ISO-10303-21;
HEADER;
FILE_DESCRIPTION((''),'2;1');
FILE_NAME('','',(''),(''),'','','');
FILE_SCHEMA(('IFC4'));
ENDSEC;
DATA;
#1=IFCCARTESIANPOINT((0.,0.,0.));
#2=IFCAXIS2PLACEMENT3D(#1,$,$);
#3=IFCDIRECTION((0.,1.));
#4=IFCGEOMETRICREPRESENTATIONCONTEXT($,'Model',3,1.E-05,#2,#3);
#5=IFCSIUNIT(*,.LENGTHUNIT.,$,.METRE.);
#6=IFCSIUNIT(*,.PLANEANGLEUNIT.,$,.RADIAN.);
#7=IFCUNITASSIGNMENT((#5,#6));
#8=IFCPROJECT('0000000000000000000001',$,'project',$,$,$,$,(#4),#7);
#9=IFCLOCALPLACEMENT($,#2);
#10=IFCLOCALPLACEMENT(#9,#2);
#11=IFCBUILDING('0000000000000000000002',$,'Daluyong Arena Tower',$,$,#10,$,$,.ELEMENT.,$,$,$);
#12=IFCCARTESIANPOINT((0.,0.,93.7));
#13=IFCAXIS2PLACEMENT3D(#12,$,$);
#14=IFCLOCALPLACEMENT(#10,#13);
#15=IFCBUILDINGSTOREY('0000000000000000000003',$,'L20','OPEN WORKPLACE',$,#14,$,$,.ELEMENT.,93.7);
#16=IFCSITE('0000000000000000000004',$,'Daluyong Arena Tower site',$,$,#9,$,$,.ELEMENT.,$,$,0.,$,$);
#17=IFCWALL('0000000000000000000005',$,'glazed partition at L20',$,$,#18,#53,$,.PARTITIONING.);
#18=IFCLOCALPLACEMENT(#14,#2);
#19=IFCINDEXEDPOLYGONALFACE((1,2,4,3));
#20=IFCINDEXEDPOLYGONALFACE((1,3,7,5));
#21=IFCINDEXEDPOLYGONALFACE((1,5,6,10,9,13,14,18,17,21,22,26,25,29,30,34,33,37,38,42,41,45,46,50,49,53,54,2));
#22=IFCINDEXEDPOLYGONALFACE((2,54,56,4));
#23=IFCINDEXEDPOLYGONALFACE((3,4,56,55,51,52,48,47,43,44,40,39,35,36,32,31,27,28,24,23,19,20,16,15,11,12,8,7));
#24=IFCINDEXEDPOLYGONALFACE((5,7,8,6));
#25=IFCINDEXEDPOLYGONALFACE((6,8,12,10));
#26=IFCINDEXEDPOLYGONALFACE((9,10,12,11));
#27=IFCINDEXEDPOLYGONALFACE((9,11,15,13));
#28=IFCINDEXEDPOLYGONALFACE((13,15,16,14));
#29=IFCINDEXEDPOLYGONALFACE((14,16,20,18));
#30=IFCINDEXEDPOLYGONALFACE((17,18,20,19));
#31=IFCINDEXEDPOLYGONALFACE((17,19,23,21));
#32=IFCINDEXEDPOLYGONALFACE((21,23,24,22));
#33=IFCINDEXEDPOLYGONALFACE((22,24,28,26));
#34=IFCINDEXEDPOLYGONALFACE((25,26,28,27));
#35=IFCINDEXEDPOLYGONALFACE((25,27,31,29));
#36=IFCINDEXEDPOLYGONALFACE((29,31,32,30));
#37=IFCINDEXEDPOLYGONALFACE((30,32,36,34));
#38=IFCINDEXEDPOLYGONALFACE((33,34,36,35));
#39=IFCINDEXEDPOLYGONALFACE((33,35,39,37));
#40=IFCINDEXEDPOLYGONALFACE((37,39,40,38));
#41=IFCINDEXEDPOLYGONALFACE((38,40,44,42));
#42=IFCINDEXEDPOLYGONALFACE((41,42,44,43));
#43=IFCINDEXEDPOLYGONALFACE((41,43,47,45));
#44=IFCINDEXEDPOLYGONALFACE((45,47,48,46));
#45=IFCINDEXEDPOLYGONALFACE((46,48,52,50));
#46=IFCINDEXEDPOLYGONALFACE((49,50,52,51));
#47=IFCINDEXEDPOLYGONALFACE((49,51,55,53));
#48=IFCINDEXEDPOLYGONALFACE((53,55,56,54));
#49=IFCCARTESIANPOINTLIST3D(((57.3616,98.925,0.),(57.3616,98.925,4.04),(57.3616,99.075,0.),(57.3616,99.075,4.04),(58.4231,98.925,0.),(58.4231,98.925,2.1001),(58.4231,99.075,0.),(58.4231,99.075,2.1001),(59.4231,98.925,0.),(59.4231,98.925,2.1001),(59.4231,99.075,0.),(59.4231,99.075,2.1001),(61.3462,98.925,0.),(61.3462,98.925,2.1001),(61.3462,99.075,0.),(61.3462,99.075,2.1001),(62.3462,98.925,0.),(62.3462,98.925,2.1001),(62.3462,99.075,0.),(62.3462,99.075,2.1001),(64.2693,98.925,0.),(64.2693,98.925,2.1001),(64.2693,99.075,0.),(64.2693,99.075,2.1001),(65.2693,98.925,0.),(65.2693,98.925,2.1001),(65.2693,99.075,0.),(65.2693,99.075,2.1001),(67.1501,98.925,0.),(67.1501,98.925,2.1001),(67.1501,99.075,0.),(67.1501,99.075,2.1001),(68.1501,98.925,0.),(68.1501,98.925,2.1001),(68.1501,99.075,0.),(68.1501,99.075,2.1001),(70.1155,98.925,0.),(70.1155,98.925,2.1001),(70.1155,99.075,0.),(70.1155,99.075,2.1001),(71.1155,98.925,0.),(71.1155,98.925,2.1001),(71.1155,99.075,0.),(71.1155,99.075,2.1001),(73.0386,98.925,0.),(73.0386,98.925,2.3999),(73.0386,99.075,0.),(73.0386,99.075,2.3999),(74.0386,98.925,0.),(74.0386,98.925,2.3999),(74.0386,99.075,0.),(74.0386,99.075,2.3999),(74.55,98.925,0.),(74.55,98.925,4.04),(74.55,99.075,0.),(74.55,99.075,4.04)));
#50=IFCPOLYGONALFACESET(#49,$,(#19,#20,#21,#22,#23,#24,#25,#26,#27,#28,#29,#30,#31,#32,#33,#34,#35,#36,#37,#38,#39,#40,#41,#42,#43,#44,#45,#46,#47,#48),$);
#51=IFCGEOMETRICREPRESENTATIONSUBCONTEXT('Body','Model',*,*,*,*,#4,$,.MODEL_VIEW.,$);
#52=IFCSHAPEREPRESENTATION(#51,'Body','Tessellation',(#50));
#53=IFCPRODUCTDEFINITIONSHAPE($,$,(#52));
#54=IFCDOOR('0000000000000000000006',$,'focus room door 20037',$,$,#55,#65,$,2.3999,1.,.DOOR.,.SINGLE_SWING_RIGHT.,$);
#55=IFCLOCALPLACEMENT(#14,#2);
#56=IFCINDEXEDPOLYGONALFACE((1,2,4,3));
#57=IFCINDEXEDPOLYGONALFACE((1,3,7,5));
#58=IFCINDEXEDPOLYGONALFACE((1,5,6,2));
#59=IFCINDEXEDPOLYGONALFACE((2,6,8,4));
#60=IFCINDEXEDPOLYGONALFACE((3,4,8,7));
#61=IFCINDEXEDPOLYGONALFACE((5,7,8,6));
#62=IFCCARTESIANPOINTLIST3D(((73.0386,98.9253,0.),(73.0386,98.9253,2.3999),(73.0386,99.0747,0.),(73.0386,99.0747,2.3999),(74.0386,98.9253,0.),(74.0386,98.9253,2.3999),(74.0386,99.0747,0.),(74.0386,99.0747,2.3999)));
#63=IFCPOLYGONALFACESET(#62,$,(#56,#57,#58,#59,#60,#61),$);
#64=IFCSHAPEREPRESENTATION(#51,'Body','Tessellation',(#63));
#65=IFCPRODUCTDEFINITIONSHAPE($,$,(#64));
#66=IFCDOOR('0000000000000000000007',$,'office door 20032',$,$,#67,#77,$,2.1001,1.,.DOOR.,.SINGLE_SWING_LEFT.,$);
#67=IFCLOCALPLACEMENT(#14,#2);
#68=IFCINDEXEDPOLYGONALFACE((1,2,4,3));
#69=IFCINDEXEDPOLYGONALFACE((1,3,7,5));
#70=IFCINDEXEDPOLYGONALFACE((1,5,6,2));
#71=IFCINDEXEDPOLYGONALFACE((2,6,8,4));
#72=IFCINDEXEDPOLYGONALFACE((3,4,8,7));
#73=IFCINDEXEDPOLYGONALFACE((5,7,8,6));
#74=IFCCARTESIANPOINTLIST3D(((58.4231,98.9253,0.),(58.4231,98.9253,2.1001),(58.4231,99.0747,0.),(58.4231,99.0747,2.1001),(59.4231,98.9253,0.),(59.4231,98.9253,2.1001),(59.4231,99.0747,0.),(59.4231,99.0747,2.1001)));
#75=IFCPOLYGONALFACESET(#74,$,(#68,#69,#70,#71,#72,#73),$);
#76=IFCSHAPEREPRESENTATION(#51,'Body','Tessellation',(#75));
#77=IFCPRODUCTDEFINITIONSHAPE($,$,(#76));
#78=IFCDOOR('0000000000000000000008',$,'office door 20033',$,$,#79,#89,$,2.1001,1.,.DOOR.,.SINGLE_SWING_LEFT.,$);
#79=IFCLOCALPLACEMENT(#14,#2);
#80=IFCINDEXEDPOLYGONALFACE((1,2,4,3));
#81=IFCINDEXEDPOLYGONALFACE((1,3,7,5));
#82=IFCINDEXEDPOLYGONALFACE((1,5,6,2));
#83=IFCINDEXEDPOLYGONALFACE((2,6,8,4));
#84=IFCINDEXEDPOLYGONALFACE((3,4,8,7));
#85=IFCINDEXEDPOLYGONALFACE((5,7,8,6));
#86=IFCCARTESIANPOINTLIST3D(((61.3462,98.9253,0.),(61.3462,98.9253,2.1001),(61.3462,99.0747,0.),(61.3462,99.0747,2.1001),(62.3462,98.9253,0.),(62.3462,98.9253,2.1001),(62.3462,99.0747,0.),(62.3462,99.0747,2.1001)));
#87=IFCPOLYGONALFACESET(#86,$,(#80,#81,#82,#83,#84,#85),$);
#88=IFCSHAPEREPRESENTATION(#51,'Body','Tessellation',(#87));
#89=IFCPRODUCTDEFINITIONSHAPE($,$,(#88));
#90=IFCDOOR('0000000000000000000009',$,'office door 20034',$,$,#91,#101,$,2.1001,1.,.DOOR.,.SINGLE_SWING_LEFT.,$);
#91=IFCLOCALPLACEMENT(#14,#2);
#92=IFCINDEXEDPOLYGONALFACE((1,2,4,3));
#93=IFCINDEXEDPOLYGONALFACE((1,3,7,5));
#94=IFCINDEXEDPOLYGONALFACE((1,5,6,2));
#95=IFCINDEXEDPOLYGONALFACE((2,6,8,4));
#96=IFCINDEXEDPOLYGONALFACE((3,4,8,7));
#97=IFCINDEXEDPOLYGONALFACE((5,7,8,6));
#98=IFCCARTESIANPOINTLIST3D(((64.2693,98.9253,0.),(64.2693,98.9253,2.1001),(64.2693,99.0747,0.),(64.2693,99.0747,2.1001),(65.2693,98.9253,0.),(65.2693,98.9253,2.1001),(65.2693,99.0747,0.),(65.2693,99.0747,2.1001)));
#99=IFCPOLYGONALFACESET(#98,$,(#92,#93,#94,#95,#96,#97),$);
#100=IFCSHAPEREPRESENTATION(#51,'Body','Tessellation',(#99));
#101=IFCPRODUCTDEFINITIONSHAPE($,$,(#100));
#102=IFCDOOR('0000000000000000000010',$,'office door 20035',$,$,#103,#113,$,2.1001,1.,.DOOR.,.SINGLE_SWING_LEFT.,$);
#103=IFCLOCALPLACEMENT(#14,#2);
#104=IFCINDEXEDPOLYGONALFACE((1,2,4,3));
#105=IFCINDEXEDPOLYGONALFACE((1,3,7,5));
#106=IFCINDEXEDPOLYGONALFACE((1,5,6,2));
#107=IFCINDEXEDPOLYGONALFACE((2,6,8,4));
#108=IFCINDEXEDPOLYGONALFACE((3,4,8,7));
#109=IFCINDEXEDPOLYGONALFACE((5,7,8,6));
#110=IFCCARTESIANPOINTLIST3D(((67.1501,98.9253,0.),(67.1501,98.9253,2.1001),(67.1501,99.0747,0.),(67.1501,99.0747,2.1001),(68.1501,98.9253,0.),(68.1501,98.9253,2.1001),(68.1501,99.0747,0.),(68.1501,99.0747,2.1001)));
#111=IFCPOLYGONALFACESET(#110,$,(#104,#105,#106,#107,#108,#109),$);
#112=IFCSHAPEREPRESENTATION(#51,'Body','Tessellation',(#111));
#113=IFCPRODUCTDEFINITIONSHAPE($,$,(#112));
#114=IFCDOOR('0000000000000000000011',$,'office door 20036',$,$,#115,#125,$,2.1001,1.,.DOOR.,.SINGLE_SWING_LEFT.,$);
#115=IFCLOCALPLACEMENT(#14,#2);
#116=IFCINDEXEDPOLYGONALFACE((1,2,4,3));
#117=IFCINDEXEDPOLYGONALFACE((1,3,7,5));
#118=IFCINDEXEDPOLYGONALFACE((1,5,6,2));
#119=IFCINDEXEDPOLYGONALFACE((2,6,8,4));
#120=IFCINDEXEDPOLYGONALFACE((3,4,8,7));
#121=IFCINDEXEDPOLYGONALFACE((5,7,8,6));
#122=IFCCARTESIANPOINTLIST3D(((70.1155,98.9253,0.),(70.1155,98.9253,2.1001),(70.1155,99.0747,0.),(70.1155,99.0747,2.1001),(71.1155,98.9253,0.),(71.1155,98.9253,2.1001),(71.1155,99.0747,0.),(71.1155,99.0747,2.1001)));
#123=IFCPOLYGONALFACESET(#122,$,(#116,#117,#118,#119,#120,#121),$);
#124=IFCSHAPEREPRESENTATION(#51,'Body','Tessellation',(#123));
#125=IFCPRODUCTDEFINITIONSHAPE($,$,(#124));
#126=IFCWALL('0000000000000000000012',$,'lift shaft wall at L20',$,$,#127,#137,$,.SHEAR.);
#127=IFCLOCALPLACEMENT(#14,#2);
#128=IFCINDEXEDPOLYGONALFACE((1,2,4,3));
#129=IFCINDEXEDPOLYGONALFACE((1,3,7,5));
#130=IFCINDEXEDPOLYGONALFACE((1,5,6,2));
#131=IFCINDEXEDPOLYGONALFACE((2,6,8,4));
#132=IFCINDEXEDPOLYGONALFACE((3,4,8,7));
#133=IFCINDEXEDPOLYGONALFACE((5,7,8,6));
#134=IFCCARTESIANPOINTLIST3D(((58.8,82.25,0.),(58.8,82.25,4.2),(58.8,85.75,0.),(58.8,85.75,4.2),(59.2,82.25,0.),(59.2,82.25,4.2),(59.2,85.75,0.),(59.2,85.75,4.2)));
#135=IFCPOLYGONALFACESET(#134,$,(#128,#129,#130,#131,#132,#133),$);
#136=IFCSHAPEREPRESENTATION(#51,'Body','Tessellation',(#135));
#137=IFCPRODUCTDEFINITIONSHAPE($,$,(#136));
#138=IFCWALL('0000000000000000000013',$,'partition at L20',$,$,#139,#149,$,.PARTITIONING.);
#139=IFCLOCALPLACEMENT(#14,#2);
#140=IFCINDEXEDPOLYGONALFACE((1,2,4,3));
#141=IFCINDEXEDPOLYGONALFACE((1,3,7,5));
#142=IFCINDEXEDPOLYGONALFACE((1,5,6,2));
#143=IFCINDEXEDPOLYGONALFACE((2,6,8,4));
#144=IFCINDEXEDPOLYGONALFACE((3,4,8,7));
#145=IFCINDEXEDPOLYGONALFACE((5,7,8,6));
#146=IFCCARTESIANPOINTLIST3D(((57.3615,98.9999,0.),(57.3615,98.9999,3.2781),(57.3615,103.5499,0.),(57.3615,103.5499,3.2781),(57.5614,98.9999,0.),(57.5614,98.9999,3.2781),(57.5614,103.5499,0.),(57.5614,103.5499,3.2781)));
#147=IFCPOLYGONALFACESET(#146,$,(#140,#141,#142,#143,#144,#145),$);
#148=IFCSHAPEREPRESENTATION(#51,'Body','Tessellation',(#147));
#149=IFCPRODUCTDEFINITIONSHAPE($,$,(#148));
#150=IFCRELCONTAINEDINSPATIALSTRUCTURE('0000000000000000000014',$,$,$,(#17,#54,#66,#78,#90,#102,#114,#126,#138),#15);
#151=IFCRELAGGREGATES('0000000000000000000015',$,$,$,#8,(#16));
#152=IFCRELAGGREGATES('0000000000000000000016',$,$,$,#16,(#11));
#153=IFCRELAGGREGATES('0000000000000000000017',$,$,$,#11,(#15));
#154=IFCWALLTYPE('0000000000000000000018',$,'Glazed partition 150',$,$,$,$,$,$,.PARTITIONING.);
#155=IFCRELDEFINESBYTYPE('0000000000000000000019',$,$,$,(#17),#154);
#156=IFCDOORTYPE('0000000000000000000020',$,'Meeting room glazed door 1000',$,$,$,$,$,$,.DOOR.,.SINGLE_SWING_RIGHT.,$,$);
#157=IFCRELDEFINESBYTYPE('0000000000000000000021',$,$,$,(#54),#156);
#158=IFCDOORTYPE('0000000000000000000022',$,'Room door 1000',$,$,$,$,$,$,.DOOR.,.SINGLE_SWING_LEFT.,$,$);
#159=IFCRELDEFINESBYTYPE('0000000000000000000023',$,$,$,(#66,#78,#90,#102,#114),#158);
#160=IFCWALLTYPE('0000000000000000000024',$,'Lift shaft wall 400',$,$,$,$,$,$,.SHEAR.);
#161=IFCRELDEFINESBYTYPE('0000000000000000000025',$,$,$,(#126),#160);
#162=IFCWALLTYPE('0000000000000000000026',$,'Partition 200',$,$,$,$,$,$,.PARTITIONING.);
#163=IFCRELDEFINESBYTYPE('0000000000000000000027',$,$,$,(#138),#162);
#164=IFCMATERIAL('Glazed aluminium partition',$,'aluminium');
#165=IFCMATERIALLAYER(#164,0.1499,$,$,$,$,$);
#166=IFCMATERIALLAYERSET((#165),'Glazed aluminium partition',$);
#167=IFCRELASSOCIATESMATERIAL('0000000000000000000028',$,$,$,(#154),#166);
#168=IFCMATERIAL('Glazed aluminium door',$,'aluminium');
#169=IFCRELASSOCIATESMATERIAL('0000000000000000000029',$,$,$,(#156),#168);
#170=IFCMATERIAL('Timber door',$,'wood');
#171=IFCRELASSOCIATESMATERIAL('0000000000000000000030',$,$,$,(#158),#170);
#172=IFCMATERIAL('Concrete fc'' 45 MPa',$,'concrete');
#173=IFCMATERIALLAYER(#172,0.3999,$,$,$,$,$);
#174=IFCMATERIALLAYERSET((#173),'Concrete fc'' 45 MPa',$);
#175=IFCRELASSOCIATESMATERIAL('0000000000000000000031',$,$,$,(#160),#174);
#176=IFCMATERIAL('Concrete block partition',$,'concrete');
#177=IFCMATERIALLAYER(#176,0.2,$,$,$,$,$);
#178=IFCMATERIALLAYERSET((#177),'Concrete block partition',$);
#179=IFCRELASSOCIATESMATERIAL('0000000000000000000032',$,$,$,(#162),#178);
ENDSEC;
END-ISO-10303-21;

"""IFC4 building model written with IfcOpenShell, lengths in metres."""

from ifc_helpers import new_model, si_unit, direction, frame, frame_2d, origin, place, context, subcontext, project, spatial, rectangle, extrude, material, layer, layer_set, type_object, element, fill, save


model = new_model("IFC4")

# Units and contexts
model_context = context("Model", 3, precision=1e-05, world=origin(), true_north=direction((0.0, 1.0)))
body_context = subcontext(model_context, "Body", "Model", "MODEL_VIEW")
ifc_project = project(units=[si_unit("LENGTHUNIT", "METRE"), si_unit("PLANEANGLEUNIT", "RADIAN")], contexts=[model_context])

# Site, building, storey
site_placement = place(None, origin())
site = spatial("IfcSite", under=ifc_project, at=site_placement, Name="Daluyong Arena Tower site", CompositionType="ELEMENT", RefElevation=0.0)
building_placement = place(site_placement, origin())
building = spatial("IfcBuilding", under=site, at=building_placement, Name="Daluyong Arena Tower", CompositionType="ELEMENT")
storey_placement = place(building_placement, frame((0.0, 0.0, 93.7)))
storey = spatial("IfcBuildingStorey", under=building, at=storey_placement, Name="L20", Description="OPEN WORKPLACE", CompositionType="ELEMENT", Elevation=93.7)

# Wall, openings, doors
ifc_material_1 = material(Name="Glazed aluminium partition", Category="aluminium")
ifc_layer_1 = layer(ifc_material_1, 0.1499)
ifc_layer_set_1 = layer_set([ifc_layer_1], Name="Glazed aluminium partition")
wall_type_1 = type_object("IfcWallType", Name="Glazed partition 150", PredefinedType="PARTITIONING", material=ifc_layer_set_1)
wall_1_placement = place(storey_placement, frame((57.3616, 99.0, 0.0), z_axis=(0.0, 0.0, 1.0), x_axis=(1.0, 0.0, 0.0)))
wall_1 = element("IfcWall", 1, at=wall_1_placement, inside=storey, type_object=wall_type_1, Name="glazed partition at L20", PredefinedType="PARTITIONING", context=body_context, shape_type="SweptSolid", body=[
    extrude(rectangle(XDim=17.1885, YDim=0.1499, at=frame_2d((8.5942, 0.0))), origin(), (0.0, 0.0, 1.0), 4.04),
])
opening_1_placement = place(wall_1_placement, frame((1.0615, 0.0, 0.0)))
opening_1 = element("IfcOpeningElement", 2, at=opening_1_placement, cuts=wall_1, PredefinedType="OPENING", context=body_context, shape_type="SweptSolid", body=[
    extrude(rectangle(XDim=1.0, YDim=2.1001, at=frame_2d((0.5, 1.05))), frame((0.0, 0.085, 0.0), z_axis=(0.0, -1.0, 0.0), x_axis=(1.0, 0.0, 0.0)), (0.0, 0.0, 1.0), 0.1699),
])
opening_2_placement = place(wall_1_placement, frame((3.9846, 0.0, 0.0)))
opening_2 = element("IfcOpeningElement", 3, at=opening_2_placement, cuts=wall_1, PredefinedType="OPENING", context=body_context, shape_type="SweptSolid", body=[
    extrude(rectangle(XDim=1.0, YDim=2.1001, at=frame_2d((0.5, 1.05))), frame((0.0, 0.085, 0.0), z_axis=(0.0, -1.0, 0.0), x_axis=(1.0, 0.0, 0.0)), (0.0, 0.0, 1.0), 0.1699),
])
opening_3_placement = place(wall_1_placement, frame((6.9077, 0.0, 0.0)))
opening_3 = element("IfcOpeningElement", 4, at=opening_3_placement, cuts=wall_1, PredefinedType="OPENING", context=body_context, shape_type="SweptSolid", body=[
    extrude(rectangle(XDim=1.0, YDim=2.1001, at=frame_2d((0.5, 1.05))), frame((0.0, 0.085, 0.0), z_axis=(0.0, -1.0, 0.0), x_axis=(1.0, 0.0, 0.0)), (0.0, 0.0, 1.0), 0.1699),
])
opening_4_placement = place(wall_1_placement, frame((9.7886, 0.0, 0.0)))
opening_4 = element("IfcOpeningElement", 5, at=opening_4_placement, cuts=wall_1, PredefinedType="OPENING", context=body_context, shape_type="SweptSolid", body=[
    extrude(rectangle(XDim=1.0, YDim=2.1001, at=frame_2d((0.5, 1.05))), frame((0.0, 0.085, 0.0), z_axis=(0.0, -1.0, 0.0), x_axis=(1.0, 0.0, 0.0)), (0.0, 0.0, 1.0), 0.1699),
])
opening_5_placement = place(wall_1_placement, frame((12.7539, 0.0, 0.0)))
opening_5 = element("IfcOpeningElement", 6, at=opening_5_placement, cuts=wall_1, PredefinedType="OPENING", context=body_context, shape_type="SweptSolid", body=[
    extrude(rectangle(XDim=1.0, YDim=2.1001, at=frame_2d((0.5, 1.05))), frame((0.0, 0.085, 0.0), z_axis=(0.0, -1.0, 0.0), x_axis=(1.0, 0.0, 0.0)), (0.0, 0.0, 1.0), 0.1699),
])
opening_6_placement = place(wall_1_placement, frame((15.677, 0.0, 0.0)))
opening_6 = element("IfcOpeningElement", 7, at=opening_6_placement, cuts=wall_1, PredefinedType="OPENING", context=body_context, shape_type="SweptSolid", body=[
    extrude(rectangle(XDim=1.0, YDim=2.3999, at=frame_2d((0.5, 1.2))), frame((0.0, 0.085, 0.0), z_axis=(0.0, -1.0, 0.0), x_axis=(1.0, 0.0, 0.0)), (0.0, 0.0, 1.0), 0.1699),
])
ifc_material_2 = material(Name="Glazed aluminium door", Category="aluminium")
door_type_1 = type_object("IfcDoorType", Name="Meeting room glazed door 1000", OperationType="SINGLE_SWING_RIGHT", PredefinedType="DOOR", material=ifc_material_2)
door_1_placement = place(opening_6_placement, origin())
door_1 = element("IfcDoor", 8, at=door_1_placement, inside=storey, type_object=door_type_1, Name="focus room door 20037", OperationType="SINGLE_SWING_RIGHT", OverallHeight=2.3999, OverallWidth=1.0, PredefinedType="DOOR", context=body_context, shape_type="SweptSolid", body=[
    extrude(rectangle(XDim=1.0, YDim=2.3999, at=frame_2d((0.5, 1.2))), frame((0.0, 0.0747, 0.0), z_axis=(0.0, -1.0, 0.0), x_axis=(1.0, 0.0, 0.0)), (0.0, 0.0, 1.0), 0.1494),
])
fill(opening_6, door_1)
ifc_material_3 = material(Name="Timber door", Category="wood")
door_type_2 = type_object("IfcDoorType", Name="Room door 1000", OperationType="SINGLE_SWING_LEFT", PredefinedType="DOOR", material=ifc_material_3)
door_2_placement = place(opening_1_placement, origin())
door_2 = element("IfcDoor", 9, at=door_2_placement, inside=storey, type_object=door_type_2, Name="office door 20032", OperationType="SINGLE_SWING_LEFT", OverallHeight=2.1001, OverallWidth=1.0, PredefinedType="DOOR", context=body_context, shape_type="SweptSolid", body=[
    extrude(rectangle(XDim=1.0, YDim=2.1001, at=frame_2d((0.5, 1.05))), frame((0.0, 0.0747, 0.0), z_axis=(0.0, -1.0, 0.0), x_axis=(1.0, 0.0, 0.0)), (0.0, 0.0, 1.0), 0.1494),
])
fill(opening_1, door_2)
door_3_placement = place(opening_2_placement, origin())
door_3 = element("IfcDoor", 10, at=door_3_placement, inside=storey, type_object=door_type_2, Name="office door 20033", OperationType="SINGLE_SWING_LEFT", OverallHeight=2.1001, OverallWidth=1.0, PredefinedType="DOOR", context=body_context, shape_type="SweptSolid", body=[
    extrude(rectangle(XDim=1.0, YDim=2.1001, at=frame_2d((0.5, 1.05))), frame((0.0, 0.0747, 0.0), z_axis=(0.0, -1.0, 0.0), x_axis=(1.0, 0.0, 0.0)), (0.0, 0.0, 1.0), 0.1494),
])
fill(opening_2, door_3)
door_4_placement = place(opening_3_placement, origin())
door_4 = element("IfcDoor", 11, at=door_4_placement, inside=storey, type_object=door_type_2, Name="office door 20034", OperationType="SINGLE_SWING_LEFT", OverallHeight=2.1001, OverallWidth=1.0, PredefinedType="DOOR", context=body_context, shape_type="SweptSolid", body=[
    extrude(rectangle(XDim=1.0, YDim=2.1001, at=frame_2d((0.5, 1.05))), frame((0.0, 0.0747, 0.0), z_axis=(0.0, -1.0, 0.0), x_axis=(1.0, 0.0, 0.0)), (0.0, 0.0, 1.0), 0.1494),
])
fill(opening_3, door_4)
door_5_placement = place(opening_4_placement, origin())
door_5 = element("IfcDoor", 12, at=door_5_placement, inside=storey, type_object=door_type_2, Name="office door 20035", OperationType="SINGLE_SWING_LEFT", OverallHeight=2.1001, OverallWidth=1.0, PredefinedType="DOOR", context=body_context, shape_type="SweptSolid", body=[
    extrude(rectangle(XDim=1.0, YDim=2.1001, at=frame_2d((0.5, 1.05))), frame((0.0, 0.0747, 0.0), z_axis=(0.0, -1.0, 0.0), x_axis=(1.0, 0.0, 0.0)), (0.0, 0.0, 1.0), 0.1494),
])
fill(opening_4, door_5)
door_6_placement = place(opening_5_placement, origin())
door_6 = element("IfcDoor", 13, at=door_6_placement, inside=storey, type_object=door_type_2, Name="office door 20036", OperationType="SINGLE_SWING_LEFT", OverallHeight=2.1001, OverallWidth=1.0, PredefinedType="DOOR", context=body_context, shape_type="SweptSolid", body=[
    extrude(rectangle(XDim=1.0, YDim=2.1001, at=frame_2d((0.5, 1.05))), frame((0.0, 0.0747, 0.0), z_axis=(0.0, -1.0, 0.0), x_axis=(1.0, 0.0, 0.0)), (0.0, 0.0, 1.0), 0.1494),
])
fill(opening_5, door_6)

# Walls
ifc_material_4 = material(Name="Concrete fc' 45 MPa", Category="concrete")
ifc_layer_2 = layer(ifc_material_4, 0.3999)
ifc_layer_set_2 = layer_set([ifc_layer_2], Name="Concrete fc' 45 MPa")
wall_type_2 = type_object("IfcWallType", Name="Lift shaft wall 400", PredefinedType="SHEAR", material=ifc_layer_set_2)
wall_2_placement = place(storey_placement, frame((59.0, 82.25, 0.0), z_axis=(0.0, 0.0, 1.0), x_axis=(0.0, 1.0, 0.0)))
element("IfcWall", 14, at=wall_2_placement, inside=storey, type_object=wall_type_2, Name="lift shaft wall at L20", PredefinedType="SHEAR", context=body_context, shape_type="SweptSolid", body=[
    extrude(rectangle(XDim=3.5, YDim=0.3999, at=frame_2d((1.75, 0.0))), origin(), (0.0, 0.0, 1.0), 4.2),
])
ifc_material_5 = material(Name="Concrete block partition", Category="concrete")
ifc_layer_3 = layer(ifc_material_5, 0.2)
ifc_layer_set_3 = layer_set([ifc_layer_3], Name="Concrete block partition")
wall_type_3 = type_object("IfcWallType", Name="Partition 200", PredefinedType="PARTITIONING", material=ifc_layer_set_3)
wall_3_placement = place(storey_placement, frame((57.4614, 99.0, 0.0), z_axis=(0.0, 0.0, 1.0), x_axis=(0.0, 1.0, 0.0)))
element("IfcWall", 15, at=wall_3_placement, inside=storey, type_object=wall_type_3, Name="partition at L20", PredefinedType="PARTITIONING", context=body_context, shape_type="SweptSolid", body=[
    extrude(rectangle(XDim=4.55, YDim=0.2, at=frame_2d((2.2749, 0.0))), origin(), (0.0, 0.0, 1.0), 3.2781),
])

save(model, "model.ifc")
